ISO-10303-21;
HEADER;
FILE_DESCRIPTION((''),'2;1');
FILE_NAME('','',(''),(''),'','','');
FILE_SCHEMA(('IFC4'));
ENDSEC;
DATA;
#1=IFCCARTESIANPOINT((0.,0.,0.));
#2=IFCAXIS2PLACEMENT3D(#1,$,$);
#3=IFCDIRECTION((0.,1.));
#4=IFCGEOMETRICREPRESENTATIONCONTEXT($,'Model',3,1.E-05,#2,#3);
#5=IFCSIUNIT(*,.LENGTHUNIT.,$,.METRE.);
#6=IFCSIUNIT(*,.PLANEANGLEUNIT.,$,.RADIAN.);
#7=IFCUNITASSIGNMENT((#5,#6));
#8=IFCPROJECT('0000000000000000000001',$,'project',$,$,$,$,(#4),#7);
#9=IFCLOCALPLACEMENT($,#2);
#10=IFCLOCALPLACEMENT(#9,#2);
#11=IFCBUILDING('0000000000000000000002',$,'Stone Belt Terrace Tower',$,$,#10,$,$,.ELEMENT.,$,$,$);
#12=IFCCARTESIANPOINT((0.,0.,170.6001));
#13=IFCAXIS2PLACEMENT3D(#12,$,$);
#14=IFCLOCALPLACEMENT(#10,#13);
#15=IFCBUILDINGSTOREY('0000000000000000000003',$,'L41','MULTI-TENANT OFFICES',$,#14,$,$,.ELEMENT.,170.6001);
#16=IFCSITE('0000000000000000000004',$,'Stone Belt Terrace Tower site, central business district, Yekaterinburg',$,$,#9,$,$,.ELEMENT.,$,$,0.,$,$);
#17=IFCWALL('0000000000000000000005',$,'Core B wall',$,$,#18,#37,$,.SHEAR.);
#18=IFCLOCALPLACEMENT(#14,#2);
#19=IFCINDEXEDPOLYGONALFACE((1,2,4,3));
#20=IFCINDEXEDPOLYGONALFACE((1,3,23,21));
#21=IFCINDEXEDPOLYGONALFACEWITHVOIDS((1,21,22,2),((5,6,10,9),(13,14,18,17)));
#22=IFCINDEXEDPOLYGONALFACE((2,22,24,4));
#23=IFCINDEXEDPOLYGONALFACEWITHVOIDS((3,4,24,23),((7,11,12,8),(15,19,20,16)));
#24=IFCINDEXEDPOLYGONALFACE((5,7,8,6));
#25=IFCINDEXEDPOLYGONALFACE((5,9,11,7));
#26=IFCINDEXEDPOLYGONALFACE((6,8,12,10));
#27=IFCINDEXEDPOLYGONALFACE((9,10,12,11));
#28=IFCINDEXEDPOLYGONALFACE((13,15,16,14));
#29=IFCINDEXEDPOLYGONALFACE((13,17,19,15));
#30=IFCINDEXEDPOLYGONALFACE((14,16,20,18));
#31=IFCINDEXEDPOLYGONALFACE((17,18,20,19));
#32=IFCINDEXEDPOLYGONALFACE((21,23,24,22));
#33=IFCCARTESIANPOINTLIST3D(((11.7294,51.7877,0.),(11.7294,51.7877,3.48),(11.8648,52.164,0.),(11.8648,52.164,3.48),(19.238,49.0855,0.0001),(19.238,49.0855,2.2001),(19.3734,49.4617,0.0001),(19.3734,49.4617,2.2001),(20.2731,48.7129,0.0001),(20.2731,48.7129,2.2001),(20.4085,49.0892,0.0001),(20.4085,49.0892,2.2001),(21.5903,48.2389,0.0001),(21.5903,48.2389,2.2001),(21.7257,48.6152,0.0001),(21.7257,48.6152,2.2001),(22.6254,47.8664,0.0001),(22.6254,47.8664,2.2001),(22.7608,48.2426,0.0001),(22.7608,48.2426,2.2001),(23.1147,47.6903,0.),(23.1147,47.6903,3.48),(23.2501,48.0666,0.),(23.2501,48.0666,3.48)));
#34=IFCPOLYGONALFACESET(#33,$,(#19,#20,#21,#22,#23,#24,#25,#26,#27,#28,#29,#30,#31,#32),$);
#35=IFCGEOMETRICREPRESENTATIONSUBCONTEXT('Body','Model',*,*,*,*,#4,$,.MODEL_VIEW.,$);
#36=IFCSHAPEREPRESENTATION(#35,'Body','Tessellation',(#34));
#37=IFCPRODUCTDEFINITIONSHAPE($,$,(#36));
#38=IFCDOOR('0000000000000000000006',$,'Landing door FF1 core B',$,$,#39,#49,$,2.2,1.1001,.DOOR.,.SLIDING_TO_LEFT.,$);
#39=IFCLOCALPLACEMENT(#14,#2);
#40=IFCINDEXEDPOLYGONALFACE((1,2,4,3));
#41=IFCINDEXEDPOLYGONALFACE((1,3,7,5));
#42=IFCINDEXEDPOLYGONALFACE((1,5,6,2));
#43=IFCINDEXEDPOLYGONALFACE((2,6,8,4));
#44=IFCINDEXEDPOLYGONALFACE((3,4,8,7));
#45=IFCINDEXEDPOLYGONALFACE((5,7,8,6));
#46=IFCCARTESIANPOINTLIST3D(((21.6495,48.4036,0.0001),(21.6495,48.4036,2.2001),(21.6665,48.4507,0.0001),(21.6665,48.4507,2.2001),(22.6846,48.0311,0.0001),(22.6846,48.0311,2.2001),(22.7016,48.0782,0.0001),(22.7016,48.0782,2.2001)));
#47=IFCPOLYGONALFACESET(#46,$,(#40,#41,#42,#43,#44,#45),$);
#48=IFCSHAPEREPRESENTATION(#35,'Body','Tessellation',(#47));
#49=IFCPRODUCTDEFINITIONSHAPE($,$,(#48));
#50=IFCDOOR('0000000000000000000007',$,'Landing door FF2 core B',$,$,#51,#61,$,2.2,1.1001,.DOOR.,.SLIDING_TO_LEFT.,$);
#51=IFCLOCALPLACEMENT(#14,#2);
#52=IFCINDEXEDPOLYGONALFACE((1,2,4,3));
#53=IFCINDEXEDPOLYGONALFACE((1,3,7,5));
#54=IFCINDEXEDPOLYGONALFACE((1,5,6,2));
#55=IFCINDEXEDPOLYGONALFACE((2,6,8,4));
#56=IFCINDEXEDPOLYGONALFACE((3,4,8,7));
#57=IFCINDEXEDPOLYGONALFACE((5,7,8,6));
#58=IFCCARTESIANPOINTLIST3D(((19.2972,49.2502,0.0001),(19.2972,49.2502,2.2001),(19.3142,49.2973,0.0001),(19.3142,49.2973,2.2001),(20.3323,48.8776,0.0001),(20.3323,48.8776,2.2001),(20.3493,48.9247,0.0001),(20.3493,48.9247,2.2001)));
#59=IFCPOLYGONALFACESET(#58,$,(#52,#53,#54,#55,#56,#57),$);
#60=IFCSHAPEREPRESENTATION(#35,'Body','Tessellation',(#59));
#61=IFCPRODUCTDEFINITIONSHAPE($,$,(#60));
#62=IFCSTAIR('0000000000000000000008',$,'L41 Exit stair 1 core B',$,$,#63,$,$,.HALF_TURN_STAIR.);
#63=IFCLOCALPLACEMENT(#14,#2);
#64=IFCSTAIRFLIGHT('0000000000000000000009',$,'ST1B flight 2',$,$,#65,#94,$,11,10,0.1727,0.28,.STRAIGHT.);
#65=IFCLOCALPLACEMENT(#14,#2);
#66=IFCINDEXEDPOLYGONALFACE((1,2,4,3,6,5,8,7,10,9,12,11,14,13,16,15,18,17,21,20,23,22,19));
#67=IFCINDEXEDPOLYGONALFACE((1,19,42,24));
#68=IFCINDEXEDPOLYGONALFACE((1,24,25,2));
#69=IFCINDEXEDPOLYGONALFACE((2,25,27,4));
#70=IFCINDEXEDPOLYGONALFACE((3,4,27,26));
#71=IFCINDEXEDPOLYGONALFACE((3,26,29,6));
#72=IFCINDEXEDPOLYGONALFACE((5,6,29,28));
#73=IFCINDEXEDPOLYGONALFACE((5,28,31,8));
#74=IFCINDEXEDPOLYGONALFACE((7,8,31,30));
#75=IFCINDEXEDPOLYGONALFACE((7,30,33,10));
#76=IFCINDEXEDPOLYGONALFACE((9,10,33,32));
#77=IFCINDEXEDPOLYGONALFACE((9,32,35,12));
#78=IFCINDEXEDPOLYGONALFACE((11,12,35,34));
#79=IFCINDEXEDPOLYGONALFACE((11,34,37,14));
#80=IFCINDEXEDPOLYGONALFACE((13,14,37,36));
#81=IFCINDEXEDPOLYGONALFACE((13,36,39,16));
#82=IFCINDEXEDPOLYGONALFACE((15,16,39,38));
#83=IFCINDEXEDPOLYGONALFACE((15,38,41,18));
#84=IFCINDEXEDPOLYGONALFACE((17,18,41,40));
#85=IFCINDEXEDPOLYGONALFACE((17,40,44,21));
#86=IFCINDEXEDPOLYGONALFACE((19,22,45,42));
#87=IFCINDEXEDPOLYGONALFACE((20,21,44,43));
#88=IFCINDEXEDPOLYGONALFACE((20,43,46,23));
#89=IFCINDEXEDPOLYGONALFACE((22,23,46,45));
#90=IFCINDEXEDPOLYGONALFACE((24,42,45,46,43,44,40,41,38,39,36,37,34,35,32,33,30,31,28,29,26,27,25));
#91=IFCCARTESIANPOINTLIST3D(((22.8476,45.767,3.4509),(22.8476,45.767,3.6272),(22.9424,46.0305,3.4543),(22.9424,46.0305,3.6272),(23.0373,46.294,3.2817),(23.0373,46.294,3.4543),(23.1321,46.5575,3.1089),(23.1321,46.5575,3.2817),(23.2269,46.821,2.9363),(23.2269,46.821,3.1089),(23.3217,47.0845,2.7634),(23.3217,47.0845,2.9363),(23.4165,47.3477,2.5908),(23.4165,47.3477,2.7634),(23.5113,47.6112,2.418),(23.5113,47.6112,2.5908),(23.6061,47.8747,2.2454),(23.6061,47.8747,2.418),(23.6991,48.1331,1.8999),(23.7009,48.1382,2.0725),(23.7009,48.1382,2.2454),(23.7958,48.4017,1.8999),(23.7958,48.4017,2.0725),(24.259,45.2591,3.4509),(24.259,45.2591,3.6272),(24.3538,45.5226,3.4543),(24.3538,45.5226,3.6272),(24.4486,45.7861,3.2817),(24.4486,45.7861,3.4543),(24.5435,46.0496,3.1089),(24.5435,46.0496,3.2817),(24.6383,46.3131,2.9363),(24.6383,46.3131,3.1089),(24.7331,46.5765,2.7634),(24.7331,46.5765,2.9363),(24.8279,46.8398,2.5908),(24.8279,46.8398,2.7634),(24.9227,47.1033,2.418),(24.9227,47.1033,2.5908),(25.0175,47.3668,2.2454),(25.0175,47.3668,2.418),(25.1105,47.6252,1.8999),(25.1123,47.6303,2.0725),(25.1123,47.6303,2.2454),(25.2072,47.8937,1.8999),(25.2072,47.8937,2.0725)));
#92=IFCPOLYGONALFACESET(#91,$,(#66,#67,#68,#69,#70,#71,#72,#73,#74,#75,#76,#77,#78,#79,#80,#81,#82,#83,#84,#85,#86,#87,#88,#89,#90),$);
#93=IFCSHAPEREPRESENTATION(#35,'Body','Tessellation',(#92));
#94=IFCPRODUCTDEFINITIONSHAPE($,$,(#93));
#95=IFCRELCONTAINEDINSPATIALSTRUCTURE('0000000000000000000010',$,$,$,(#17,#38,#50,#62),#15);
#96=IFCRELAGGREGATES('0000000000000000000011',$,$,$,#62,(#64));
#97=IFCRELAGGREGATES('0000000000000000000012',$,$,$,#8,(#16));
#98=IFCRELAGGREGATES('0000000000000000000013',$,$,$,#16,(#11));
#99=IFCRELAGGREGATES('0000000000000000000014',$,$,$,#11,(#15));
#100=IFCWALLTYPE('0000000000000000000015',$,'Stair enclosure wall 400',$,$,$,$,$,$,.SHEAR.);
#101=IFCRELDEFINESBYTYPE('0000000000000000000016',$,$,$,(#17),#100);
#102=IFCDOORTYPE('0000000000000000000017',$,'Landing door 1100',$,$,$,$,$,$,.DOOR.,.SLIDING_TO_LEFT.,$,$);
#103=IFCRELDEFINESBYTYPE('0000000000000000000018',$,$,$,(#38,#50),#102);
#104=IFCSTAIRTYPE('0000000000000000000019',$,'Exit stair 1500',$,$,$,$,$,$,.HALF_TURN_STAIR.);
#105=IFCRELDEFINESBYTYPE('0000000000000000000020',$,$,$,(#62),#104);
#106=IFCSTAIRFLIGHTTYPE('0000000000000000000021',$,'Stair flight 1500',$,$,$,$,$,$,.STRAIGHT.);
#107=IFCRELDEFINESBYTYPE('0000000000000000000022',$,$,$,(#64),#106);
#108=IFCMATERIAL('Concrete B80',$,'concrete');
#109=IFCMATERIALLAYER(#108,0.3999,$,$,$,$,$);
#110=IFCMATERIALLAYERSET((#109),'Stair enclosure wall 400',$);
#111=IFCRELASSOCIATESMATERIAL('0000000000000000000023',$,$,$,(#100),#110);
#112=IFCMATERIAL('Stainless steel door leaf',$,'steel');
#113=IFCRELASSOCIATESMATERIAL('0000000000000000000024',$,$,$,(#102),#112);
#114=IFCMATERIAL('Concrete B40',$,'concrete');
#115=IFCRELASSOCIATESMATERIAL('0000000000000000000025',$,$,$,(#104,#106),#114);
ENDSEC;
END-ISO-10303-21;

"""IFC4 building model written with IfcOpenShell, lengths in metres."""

from ifc_helpers import new_model, si_unit, direction, frame, frame_2d, origin, place, context, subcontext, project, spatial, polyline, rectangle, outline, extrude, material, layer, layer_set, type_object, element, fill, aggregate, save


model = new_model("IFC4")

# Units and contexts
model_context = context("Model", 3, precision=1e-05, world=origin(), true_north=direction((0.0, 1.0)))
body_context = subcontext(model_context, "Body", "Model", "MODEL_VIEW")
ifc_project = project(units=[si_unit("LENGTHUNIT", "METRE"), si_unit("PLANEANGLEUNIT", "RADIAN")], contexts=[model_context])

# Site, building, storey
site_placement = place(None, origin())
site = spatial("IfcSite", under=ifc_project, at=site_placement, Name="Stone Belt Terrace Tower site, central business district, Yekaterinburg", CompositionType="ELEMENT", RefElevation=0.0)
building_placement = place(site_placement, origin())
building = spatial("IfcBuilding", under=site, at=building_placement, Name="Stone Belt Terrace Tower", CompositionType="ELEMENT")
storey_placement = place(building_placement, frame((0.0, 0.0, 170.6001)))
storey = spatial("IfcBuildingStorey", under=building, at=storey_placement, Name="L41", Description="MULTI-TENANT OFFICES", CompositionType="ELEMENT", Elevation=170.6001)

# Shared definitions
ifc_material_1 = material(Name="Concrete B80", Category="concrete")

# Shared definitions
ifc_layer_1 = layer(ifc_material_1, 0.3999)
ifc_layer_set_1 = layer_set([ifc_layer_1], Name="Stair enclosure wall 400")
wall_type_1 = type_object("IfcWallType", Name="Stair enclosure wall 400", PredefinedType="SHEAR", material=ifc_layer_set_1)

# Wall, openings, doors
wall_1_placement = place(storey_placement, frame((23.1824, 47.8784, 0.0), z_axis=(0.0, 0.0, 1.0), x_axis=(-0.940921, 0.338626, 0.0)))
wall_1 = element("IfcWall", 1, at=wall_1_placement, inside=storey, type_object=wall_type_1, Name="Core B wall", PredefinedType="SHEAR", context=body_context, shape_type="SweptSolid", body=[
    extrude(rectangle(XDim=12.1001, YDim=0.3999, at=frame_2d((6.05, 0.0))), origin(), (0.0, 0.0, 1.0), 3.48),
])
opening_1_placement = place(wall_1_placement, frame((0.52, 0.0, 0.0)))
opening_1 = element("IfcOpeningElement", 2, at=opening_1_placement, cuts=wall_1, PredefinedType="OPENING", context=body_context, shape_type="SweptSolid", body=[
    extrude(rectangle(XDim=1.1001, YDim=2.2, at=frame_2d((0.55, 1.1001))), frame((0.0, 0.21, 0.0), z_axis=(0.0, -1.0, 0.0), x_axis=(1.0, 0.0, 0.0)), (0.0, 0.0, 1.0), 0.4199),
])
opening_2_placement = place(wall_1_placement, frame((3.02, 0.0, 0.0)))
opening_2 = element("IfcOpeningElement", 3, at=opening_2_placement, cuts=wall_1, PredefinedType="OPENING", context=body_context, shape_type="SweptSolid", body=[
    extrude(rectangle(XDim=1.1001, YDim=2.2, at=frame_2d((0.55, 1.1001))), frame((0.0, 0.21, 0.0), z_axis=(0.0, -1.0, 0.0), x_axis=(1.0, 0.0, 0.0)), (0.0, 0.0, 1.0), 0.4199),
])
ifc_material_2 = material(Name="Stainless steel door leaf", Category="steel")
door_type_1 = type_object("IfcDoorType", Name="Landing door 1100", OperationType="SLIDING_TO_LEFT", PredefinedType="DOOR", material=ifc_material_2)
door_1_placement = place(opening_1_placement, origin())
door_1 = element("IfcDoor", 4, at=door_1_placement, inside=storey, type_object=door_type_1, Name="Landing door FF1 core B", OperationType="SLIDING_TO_LEFT", OverallHeight=2.2, OverallWidth=1.1001, PredefinedType="DOOR", context=body_context, shape_type="SweptSolid", body=[
    extrude(rectangle(XDim=1.1001, YDim=2.2, at=frame_2d((0.55, 1.1001))), frame((0.0, 0.0249, 0.0), z_axis=(0.0, -1.0, 0.0), x_axis=(1.0, 0.0, 0.0)), (0.0, 0.0, 1.0), 0.05),
])
fill(opening_1, door_1)
door_2_placement = place(opening_2_placement, origin())
door_2 = element("IfcDoor", 5, at=door_2_placement, inside=storey, type_object=door_type_1, Name="Landing door FF2 core B", OperationType="SLIDING_TO_LEFT", OverallHeight=2.2, OverallWidth=1.1001, PredefinedType="DOOR", context=body_context, shape_type="SweptSolid", body=[
    extrude(rectangle(XDim=1.1001, YDim=2.2, at=frame_2d((0.55, 1.1001))), frame((0.0, 0.0249, 0.0), z_axis=(0.0, -1.0, 0.0), x_axis=(1.0, 0.0, 0.0)), (0.0, 0.0, 1.0), 0.05),
])
fill(opening_2, door_2)

# Stair, stair flight
ifc_material_3 = material(Name="Concrete B40", Category="concrete")
stair_type = type_object("IfcStairType", Name="Exit stair 1500", PredefinedType="HALF_TURN_STAIR", material=ifc_material_3)
stair_placement = place(storey_placement, origin())
stair = element("IfcStair", 6, at=stair_placement, inside=storey, type_object=stair_type, Name="L41 Exit stair 1 core B", PredefinedType="HALF_TURN_STAIR")
stair_flight_type = type_object("IfcStairFlightType", Name="Stair flight 1500", PredefinedType="STRAIGHT", material=ifc_material_3)
stair_flight_placement = place(storey_placement, frame((24.5015, 48.1477, 1.8999), z_axis=(0.0, 0.0, 1.0), x_axis=(-0.338624, -0.940922, 0.0)))
stair_flight = element("IfcStairFlight", 7, at=stair_flight_placement, type_object=stair_flight_type, Name="ST1B flight 2", NumberOfRisers=11, NumberOfTreads=10, PredefinedType="STRAIGHT", RiserHeight=0.1727, TreadLength=0.28, context=body_context, shape_type="SweptSolid", body=[
    extrude(outline(polyline([(0.0, 0.0), (0.0, 0.1726), (0.28, 0.1726), (0.28, 0.3455), (0.5601, 0.3455), (0.5601, 0.5181), (0.8401, 0.5181), (0.8401, 0.6909), (1.1201, 0.6909), (1.1201, 0.8635), (1.3999, 0.8635), (1.3999, 1.0364), (1.6799, 1.0364), (1.6799, 1.209), (1.96, 1.209), (1.96, 1.3818), (2.24, 1.3818), (2.24, 1.5544), (2.52, 1.5544), (2.52, 1.7273), (2.8, 1.7273), (2.8, 1.8999), (2.8, 1.551), (0.2854, 0.0), (0.0, 0.0)])), frame((0.0, 0.75, 0.0), z_axis=(0.0, -1.0, 0.0), x_axis=(1.0, 0.0, 0.0)), (0.0, 0.0, 1.0), 1.5),
])
aggregate(stair, [stair_flight])

save(model, "model.ifc")
